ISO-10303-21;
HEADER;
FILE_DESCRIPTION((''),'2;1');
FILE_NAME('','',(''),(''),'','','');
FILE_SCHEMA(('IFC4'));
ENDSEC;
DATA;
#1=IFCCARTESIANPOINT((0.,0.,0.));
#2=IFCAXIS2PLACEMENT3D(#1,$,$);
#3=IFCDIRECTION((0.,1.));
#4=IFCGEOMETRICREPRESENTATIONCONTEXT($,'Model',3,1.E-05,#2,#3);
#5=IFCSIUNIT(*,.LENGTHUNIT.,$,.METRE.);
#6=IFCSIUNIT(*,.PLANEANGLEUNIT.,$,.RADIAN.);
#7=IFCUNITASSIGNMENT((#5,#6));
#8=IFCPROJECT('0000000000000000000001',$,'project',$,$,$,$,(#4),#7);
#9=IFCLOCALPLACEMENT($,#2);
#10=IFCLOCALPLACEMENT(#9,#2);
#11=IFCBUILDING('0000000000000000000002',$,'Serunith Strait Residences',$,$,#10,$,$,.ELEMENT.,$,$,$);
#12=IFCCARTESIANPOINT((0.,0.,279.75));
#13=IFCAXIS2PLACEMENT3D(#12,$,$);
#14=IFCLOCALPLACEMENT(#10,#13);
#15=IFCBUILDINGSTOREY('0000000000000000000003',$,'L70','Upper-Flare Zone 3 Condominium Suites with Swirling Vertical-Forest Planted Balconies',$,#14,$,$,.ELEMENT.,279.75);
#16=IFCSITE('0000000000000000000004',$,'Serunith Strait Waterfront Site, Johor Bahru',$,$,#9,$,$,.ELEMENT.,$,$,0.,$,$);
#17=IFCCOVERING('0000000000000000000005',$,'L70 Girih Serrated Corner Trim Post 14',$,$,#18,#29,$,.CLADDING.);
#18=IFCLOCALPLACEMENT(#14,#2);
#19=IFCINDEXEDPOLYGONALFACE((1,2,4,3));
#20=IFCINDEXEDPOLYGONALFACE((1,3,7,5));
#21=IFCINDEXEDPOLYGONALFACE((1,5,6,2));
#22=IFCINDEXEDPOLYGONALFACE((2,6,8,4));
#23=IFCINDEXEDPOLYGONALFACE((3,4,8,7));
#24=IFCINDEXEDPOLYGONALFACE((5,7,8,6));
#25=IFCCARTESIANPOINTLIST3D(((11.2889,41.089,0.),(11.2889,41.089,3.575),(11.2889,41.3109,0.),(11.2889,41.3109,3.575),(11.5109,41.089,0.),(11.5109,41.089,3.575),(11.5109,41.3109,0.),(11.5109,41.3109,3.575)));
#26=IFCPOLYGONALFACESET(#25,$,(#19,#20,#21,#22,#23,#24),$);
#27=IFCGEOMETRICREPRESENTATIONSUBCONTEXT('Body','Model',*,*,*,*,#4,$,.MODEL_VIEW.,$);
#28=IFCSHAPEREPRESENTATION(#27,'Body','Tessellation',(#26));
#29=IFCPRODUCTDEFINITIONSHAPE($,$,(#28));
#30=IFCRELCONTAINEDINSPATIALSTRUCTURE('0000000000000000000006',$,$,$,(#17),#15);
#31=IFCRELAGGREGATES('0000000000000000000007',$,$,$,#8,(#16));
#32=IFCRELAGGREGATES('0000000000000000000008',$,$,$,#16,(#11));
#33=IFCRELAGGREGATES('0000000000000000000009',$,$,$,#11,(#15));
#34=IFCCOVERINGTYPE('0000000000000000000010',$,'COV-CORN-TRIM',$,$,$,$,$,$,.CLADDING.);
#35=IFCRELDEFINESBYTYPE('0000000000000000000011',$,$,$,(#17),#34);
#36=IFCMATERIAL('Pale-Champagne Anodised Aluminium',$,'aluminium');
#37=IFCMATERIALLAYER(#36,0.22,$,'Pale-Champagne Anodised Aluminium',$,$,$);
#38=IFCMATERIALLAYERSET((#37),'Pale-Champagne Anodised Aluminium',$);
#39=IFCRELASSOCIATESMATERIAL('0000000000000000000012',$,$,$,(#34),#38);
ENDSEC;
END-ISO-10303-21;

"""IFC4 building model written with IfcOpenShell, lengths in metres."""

from ifc_helpers import new_model, si_unit, direction, frame, origin, origin_2d, place, context, subcontext, project, spatial, rectangle, extrude, source, transform, mapped, material, layer, layer_set, type_object, element, save


model = new_model("IFC4")

# Units and contexts
model_context = context("Model", 3, precision=1e-05, world=origin(), true_north=direction((0.0, 1.0)))
body_context = subcontext(model_context, "Body", "Model", "MODEL_VIEW")
ifc_project = project(units=[si_unit("LENGTHUNIT", "METRE"), si_unit("PLANEANGLEUNIT", "RADIAN")], contexts=[model_context])

# Site, building, storey
site_placement = place(None, origin())
site = spatial("IfcSite", under=ifc_project, at=site_placement, Name="Serunith Strait Waterfront Site, Johor Bahru", CompositionType="ELEMENT", RefElevation=0.0)
building_placement = place(site_placement, origin())
building = spatial("IfcBuilding", under=site, at=building_placement, Name="Serunith Strait Residences", CompositionType="ELEMENT")
storey_placement = place(building_placement, frame((0.0, 0.0, 279.75)))
storey = spatial("IfcBuildingStorey", under=building, at=storey_placement, Name="L70", Description="Upper-Flare Zone 3 Condominium Suites with Swirling Vertical-Forest Planted Balconies", CompositionType="ELEMENT", Elevation=279.75)

# Shared definitions
ifc_material_1 = material(Name="Pale-Champagne Anodised Aluminium", Category="aluminium")

# Covering
ifc_layer_1 = layer(ifc_material_1, 0.22, Name="Pale-Champagne Anodised Aluminium")
ifc_layer_set_1 = layer_set([ifc_layer_1], Name="Pale-Champagne Anodised Aluminium")
covering_type = type_object("IfcCoveringType", Name="COV-CORN-TRIM", PredefinedType="CLADDING", material=ifc_layer_set_1)
shared_shape_1 = source(origin(), body_context, "Body", "SweptSolid", [
    extrude(rectangle(XDim=0.2219, YDim=0.2219, at=origin_2d()), origin(), (0.0, 0.0, 1.0), 3.575),
])
for number, where, z_axis, x_axis, name in (
    (1, (11.3999, 41.2, 0.0), (0.0, 0.0, 1.0), (1.0, 0.0, 0.0), "L70 Girih Serrated Corner Trim Post 14"),
):
    element("IfcCovering", number, at=place(storey_placement, frame(where, z_axis=z_axis, x_axis=x_axis)), inside=storey, type_object=covering_type, Name=name, PredefinedType="CLADDING", context=body_context, shape_type="MappedRepresentation", body=[
        mapped(shared_shape_1, transform((0.0, 0.0, 0.0), scale=1.0)),
    ])

save(model, "model.ifc")
